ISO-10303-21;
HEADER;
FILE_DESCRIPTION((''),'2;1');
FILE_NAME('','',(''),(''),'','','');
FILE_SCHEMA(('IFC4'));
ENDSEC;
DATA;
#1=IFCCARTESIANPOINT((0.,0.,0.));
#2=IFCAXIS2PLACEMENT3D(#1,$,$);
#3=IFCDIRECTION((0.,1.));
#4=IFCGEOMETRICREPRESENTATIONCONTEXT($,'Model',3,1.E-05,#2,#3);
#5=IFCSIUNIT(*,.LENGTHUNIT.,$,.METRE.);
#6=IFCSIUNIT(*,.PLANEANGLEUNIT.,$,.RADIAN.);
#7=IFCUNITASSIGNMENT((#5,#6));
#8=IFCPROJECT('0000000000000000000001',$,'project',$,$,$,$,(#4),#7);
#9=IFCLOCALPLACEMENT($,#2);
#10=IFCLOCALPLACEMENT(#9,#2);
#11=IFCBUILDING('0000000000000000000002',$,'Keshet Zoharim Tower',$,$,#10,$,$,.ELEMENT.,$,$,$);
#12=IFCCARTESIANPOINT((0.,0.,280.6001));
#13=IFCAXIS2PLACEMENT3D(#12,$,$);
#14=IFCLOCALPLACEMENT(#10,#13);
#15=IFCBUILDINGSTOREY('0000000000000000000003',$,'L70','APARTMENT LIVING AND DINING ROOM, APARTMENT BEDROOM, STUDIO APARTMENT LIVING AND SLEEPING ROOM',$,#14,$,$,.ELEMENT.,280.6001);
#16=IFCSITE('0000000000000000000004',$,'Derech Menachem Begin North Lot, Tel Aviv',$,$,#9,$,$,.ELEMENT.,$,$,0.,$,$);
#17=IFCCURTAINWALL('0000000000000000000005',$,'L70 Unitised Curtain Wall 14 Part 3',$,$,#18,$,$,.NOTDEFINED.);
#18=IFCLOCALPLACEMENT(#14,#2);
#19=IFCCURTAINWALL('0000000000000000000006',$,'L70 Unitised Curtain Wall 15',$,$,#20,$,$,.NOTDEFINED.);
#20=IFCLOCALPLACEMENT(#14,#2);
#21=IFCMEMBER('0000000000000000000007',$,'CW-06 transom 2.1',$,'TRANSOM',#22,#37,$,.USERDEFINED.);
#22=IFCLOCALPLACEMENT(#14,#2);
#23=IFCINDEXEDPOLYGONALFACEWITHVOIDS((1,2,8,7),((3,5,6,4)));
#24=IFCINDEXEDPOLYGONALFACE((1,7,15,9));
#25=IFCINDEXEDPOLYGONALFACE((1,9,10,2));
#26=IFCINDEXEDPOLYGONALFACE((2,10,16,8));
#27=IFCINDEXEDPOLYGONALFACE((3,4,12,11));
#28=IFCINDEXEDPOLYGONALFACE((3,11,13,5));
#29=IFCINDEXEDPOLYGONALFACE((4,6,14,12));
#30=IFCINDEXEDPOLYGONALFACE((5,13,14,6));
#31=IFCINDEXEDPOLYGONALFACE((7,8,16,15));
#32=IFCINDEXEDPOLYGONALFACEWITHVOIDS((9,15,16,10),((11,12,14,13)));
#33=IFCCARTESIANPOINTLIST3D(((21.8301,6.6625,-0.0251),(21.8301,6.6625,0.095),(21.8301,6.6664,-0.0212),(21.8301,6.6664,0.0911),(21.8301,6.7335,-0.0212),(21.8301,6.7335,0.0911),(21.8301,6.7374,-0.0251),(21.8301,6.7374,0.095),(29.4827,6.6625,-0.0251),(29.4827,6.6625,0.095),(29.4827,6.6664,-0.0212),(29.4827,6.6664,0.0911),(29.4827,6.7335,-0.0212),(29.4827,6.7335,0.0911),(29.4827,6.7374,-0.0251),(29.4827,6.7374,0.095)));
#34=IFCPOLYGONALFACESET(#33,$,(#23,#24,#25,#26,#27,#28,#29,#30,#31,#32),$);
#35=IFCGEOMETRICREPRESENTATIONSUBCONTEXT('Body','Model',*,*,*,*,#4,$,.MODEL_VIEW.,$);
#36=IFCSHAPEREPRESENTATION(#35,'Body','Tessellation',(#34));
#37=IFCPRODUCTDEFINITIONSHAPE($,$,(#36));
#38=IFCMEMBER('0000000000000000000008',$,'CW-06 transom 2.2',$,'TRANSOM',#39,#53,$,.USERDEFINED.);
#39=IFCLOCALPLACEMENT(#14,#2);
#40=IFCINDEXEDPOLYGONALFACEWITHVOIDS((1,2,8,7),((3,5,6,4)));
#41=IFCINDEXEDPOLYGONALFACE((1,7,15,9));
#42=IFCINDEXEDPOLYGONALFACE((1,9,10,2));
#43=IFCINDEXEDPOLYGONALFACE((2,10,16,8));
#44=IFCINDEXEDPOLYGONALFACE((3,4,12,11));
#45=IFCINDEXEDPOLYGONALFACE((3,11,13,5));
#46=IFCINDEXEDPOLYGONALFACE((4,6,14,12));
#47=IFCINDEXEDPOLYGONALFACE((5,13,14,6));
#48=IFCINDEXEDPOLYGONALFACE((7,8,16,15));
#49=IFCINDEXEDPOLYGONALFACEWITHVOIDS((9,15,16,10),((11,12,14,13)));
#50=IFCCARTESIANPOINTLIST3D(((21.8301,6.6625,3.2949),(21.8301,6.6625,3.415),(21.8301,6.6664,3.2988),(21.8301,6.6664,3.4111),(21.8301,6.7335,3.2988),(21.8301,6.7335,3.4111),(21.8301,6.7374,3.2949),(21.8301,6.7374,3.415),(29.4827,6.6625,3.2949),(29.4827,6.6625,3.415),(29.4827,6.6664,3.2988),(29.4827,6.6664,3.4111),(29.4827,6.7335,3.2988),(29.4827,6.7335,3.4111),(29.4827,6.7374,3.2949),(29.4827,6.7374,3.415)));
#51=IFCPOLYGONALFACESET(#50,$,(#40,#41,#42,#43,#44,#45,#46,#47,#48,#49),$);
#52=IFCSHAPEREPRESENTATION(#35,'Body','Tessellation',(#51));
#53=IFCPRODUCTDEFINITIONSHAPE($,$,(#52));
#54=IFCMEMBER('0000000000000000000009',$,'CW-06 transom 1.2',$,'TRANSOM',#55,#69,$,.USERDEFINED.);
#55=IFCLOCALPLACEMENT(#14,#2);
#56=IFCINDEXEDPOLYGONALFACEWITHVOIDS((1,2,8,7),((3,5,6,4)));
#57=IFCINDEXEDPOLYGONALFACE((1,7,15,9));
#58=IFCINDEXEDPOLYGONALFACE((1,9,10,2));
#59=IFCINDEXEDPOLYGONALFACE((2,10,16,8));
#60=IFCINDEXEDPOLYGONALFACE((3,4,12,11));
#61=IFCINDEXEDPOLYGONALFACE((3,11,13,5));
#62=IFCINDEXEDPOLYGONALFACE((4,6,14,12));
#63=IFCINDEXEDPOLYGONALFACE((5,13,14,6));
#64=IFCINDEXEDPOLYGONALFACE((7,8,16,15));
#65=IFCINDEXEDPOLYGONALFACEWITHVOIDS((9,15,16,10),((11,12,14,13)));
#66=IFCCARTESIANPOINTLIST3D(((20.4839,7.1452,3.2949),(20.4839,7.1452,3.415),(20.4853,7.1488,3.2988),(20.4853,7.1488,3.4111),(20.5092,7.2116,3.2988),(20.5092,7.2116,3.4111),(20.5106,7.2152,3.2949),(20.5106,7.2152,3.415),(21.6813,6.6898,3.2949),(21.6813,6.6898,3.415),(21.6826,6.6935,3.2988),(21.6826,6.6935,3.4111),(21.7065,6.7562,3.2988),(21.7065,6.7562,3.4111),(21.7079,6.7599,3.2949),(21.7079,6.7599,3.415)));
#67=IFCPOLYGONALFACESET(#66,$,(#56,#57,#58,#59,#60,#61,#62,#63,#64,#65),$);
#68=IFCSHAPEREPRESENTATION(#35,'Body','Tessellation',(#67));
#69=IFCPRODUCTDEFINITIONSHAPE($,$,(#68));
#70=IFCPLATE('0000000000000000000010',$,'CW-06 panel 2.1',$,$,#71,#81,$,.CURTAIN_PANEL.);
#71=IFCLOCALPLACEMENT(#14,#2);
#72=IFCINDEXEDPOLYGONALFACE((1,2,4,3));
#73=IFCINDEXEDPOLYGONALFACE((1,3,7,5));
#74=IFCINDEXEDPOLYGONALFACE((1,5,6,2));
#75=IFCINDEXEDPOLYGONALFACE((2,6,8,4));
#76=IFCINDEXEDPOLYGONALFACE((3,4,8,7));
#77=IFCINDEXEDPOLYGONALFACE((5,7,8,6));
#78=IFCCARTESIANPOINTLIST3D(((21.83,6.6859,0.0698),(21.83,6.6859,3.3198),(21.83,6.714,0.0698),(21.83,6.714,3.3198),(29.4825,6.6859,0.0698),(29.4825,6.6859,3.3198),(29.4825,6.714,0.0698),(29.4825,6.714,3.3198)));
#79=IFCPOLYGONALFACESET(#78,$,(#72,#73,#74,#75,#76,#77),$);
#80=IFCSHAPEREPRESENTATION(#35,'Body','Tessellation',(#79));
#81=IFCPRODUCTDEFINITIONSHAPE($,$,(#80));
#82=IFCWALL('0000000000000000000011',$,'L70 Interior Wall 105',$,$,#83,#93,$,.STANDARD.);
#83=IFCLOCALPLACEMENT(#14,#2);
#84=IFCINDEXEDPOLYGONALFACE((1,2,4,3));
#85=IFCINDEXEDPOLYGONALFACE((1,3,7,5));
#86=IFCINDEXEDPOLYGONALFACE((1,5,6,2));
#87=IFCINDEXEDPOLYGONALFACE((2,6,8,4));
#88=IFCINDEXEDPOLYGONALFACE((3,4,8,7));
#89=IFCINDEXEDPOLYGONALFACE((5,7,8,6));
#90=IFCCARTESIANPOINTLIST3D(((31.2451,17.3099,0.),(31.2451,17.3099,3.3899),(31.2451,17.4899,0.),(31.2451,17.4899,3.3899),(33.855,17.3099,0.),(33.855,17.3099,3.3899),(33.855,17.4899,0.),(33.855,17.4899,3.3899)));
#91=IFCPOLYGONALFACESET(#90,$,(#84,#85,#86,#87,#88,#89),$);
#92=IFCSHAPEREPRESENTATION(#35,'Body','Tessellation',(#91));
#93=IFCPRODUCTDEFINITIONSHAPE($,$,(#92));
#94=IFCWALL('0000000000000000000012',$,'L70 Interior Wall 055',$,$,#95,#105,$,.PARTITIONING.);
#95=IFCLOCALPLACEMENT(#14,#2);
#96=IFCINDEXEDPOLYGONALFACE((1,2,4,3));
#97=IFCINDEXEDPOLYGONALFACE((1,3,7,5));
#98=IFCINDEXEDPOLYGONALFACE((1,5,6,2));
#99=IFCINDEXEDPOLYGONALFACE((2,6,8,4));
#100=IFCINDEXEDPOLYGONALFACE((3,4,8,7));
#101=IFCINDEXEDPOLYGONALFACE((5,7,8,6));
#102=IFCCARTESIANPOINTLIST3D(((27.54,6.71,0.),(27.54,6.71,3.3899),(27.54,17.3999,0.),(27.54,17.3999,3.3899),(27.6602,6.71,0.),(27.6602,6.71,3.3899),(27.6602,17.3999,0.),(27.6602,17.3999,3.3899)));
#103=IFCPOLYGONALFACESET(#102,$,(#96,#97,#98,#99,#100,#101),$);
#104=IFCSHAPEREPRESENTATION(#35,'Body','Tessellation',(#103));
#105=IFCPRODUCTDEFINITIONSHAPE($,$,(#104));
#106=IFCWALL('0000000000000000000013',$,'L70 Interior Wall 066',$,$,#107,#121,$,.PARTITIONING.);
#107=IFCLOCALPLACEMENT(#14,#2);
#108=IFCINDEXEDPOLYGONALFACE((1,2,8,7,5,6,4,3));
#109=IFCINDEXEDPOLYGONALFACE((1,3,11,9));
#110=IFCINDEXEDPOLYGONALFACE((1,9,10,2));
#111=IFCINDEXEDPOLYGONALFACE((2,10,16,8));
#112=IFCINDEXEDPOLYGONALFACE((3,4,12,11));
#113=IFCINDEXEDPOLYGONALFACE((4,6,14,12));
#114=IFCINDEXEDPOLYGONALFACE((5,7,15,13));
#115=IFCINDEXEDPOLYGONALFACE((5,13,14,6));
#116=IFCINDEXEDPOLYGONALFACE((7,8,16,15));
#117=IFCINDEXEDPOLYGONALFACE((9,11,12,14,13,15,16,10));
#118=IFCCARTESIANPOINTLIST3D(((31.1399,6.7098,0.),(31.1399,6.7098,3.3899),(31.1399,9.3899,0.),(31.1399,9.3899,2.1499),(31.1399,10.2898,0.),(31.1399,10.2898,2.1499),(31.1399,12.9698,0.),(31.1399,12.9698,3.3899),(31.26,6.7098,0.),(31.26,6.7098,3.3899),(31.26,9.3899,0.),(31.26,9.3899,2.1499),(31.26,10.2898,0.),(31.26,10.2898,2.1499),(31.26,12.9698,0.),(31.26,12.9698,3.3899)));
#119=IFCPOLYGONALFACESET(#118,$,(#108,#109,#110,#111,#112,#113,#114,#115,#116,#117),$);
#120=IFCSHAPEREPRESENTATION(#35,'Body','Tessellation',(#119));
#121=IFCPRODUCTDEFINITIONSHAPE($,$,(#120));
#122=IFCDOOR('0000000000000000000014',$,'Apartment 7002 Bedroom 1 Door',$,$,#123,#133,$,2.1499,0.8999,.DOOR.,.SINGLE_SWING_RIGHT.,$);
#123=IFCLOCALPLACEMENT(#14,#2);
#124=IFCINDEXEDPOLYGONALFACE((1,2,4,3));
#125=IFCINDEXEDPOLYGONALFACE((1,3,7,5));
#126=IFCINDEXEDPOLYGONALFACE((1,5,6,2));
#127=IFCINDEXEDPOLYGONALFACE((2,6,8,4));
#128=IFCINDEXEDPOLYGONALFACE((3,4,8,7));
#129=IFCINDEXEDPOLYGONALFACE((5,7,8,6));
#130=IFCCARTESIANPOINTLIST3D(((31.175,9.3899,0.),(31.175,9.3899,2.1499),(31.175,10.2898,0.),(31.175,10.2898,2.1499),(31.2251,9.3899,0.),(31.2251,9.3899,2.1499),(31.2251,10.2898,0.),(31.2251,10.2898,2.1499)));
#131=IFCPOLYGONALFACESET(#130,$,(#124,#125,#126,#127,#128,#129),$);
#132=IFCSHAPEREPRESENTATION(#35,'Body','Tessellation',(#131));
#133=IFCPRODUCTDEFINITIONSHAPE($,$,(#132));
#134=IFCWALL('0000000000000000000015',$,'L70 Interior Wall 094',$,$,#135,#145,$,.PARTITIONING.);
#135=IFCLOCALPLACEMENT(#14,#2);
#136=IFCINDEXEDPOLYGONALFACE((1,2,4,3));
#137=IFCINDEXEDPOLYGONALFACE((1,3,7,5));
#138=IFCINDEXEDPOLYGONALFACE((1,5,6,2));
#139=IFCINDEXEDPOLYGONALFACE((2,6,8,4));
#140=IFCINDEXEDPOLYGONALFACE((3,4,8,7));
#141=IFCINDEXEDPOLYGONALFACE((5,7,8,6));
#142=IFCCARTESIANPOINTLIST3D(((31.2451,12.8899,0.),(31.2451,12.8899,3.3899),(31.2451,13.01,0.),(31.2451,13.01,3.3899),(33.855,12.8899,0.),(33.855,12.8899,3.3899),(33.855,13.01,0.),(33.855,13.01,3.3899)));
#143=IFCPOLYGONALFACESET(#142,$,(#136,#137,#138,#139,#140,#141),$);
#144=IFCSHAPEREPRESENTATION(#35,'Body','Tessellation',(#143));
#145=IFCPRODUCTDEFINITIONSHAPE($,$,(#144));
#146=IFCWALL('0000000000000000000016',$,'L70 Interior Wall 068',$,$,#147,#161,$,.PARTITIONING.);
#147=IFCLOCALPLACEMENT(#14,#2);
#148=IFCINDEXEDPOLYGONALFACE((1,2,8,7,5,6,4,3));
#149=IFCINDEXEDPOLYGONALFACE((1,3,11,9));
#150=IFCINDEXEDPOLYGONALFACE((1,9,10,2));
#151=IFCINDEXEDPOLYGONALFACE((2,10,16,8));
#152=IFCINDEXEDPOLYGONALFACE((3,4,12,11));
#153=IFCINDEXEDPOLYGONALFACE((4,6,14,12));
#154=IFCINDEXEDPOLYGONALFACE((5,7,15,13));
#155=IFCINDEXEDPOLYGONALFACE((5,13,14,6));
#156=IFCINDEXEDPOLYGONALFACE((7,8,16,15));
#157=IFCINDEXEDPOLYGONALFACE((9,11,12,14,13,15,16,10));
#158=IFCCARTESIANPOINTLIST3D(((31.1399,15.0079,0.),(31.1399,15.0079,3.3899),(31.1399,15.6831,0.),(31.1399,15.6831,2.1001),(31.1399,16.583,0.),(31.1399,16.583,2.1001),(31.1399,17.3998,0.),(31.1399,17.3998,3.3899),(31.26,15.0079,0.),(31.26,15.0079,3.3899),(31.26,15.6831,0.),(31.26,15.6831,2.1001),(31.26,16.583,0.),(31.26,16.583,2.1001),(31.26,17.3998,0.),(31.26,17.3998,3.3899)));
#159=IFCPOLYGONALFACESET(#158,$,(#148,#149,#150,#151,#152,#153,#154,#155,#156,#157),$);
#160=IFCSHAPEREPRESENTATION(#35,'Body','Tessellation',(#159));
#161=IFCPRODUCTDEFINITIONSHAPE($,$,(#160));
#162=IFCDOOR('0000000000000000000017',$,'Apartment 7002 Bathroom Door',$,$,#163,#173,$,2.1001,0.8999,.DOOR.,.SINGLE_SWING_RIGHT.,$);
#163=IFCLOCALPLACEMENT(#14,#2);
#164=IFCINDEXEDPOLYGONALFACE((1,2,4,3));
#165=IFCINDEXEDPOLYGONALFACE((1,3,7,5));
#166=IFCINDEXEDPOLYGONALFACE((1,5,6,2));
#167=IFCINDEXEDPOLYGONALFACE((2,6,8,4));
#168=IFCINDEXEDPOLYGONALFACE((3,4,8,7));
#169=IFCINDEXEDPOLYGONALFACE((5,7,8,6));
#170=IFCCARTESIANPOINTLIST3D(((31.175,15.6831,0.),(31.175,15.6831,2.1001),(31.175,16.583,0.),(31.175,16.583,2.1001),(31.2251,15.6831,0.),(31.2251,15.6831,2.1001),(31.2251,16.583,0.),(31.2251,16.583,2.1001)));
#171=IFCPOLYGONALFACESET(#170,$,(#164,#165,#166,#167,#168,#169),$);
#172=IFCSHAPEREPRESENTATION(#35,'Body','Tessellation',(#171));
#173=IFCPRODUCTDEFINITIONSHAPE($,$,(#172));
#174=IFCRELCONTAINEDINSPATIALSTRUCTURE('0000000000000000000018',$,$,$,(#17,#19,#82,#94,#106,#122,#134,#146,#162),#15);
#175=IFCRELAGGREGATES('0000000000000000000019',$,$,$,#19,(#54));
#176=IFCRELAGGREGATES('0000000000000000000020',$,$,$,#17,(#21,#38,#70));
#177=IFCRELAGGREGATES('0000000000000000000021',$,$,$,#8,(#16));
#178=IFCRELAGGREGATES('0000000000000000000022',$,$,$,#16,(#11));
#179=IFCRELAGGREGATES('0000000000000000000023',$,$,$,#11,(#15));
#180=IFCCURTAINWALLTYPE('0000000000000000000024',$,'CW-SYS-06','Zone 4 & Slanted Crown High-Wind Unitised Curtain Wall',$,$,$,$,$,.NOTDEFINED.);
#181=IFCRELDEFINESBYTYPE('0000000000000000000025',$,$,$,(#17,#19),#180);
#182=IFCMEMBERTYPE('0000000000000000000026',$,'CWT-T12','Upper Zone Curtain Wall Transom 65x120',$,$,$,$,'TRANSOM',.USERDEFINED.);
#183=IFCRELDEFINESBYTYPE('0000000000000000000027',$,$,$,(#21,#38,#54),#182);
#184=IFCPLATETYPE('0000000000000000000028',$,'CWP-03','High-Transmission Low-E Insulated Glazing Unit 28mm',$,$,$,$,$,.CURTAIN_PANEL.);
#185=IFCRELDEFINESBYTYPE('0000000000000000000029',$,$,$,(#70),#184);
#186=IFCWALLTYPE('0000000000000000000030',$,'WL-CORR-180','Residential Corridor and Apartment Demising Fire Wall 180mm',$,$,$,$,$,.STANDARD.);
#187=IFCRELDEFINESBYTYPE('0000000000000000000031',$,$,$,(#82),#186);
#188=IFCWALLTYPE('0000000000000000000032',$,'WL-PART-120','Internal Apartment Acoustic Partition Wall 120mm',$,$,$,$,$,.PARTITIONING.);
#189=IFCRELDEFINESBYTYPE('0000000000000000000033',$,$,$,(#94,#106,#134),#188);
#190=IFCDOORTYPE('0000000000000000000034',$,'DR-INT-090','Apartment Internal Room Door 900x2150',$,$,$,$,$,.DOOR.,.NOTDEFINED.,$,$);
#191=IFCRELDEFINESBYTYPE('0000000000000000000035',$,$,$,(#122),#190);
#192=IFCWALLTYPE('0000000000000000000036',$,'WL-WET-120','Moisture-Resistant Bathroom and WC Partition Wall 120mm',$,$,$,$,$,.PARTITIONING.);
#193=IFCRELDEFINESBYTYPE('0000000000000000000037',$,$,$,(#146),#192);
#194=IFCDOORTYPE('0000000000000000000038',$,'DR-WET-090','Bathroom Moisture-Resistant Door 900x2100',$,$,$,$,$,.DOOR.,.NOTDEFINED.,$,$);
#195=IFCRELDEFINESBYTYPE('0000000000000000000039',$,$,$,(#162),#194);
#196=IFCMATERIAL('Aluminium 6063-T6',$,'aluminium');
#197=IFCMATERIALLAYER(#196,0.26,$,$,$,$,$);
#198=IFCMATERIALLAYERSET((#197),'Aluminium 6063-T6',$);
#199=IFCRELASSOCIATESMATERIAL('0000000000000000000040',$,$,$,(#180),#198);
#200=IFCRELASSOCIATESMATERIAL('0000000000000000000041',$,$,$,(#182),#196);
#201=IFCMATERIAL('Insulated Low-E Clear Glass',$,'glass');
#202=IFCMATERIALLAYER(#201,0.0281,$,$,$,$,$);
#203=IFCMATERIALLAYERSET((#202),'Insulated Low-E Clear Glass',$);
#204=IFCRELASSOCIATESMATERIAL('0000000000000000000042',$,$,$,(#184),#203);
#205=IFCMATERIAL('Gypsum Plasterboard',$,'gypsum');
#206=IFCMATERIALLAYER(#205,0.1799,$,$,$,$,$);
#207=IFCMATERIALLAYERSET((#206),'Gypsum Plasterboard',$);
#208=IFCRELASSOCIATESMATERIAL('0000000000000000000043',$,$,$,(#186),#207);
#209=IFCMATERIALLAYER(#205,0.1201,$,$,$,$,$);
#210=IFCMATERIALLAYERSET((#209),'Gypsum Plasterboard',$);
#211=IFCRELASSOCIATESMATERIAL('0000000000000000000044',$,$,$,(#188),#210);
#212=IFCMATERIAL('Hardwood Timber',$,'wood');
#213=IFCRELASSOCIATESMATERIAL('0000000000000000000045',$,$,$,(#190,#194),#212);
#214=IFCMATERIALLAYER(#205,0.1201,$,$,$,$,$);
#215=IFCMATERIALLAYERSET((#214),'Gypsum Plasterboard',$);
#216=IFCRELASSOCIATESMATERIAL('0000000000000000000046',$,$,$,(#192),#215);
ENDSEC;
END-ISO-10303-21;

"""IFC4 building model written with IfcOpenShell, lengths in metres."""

from ifc_helpers import new_model, si_unit, direction, frame, frame_2d, origin, origin_2d, place, context, subcontext, project, spatial, rectangle, hollow_rectangle, extrude, material, layer, layer_set, material_profile, profile_set, type_object, element, fill, aggregate, save


model = new_model("IFC4")

# Units and contexts
model_context = context("Model", 3, precision=1e-05, world=origin(), true_north=direction((0.0, 1.0)))
body_context = subcontext(model_context, "Body", "Model", "MODEL_VIEW")
ifc_project = project(units=[si_unit("LENGTHUNIT", "METRE"), si_unit("PLANEANGLEUNIT", "RADIAN")], contexts=[model_context])

# Site, building, storey
site_placement = place(None, origin())
site = spatial("IfcSite", under=ifc_project, at=site_placement, Name="Derech Menachem Begin North Lot, Tel Aviv", CompositionType="ELEMENT", RefElevation=0.0)
building_placement = place(site_placement, origin())
building = spatial("IfcBuilding", under=site, at=building_placement, Name="Keshet Zoharim Tower", CompositionType="ELEMENT")
storey_placement = place(building_placement, frame((0.0, 0.0, 280.6001)))
storey = spatial("IfcBuildingStorey", under=building, at=storey_placement, Name="L70", Description="APARTMENT LIVING AND DINING ROOM, APARTMENT BEDROOM, STUDIO APARTMENT LIVING AND SLEEPING ROOM", CompositionType="ELEMENT", Elevation=280.6001)

# Curtain wall
ifc_material_1 = material(Name="Aluminium 6063-T6", Category="aluminium")
ifc_layer_1 = layer(ifc_material_1, 0.26)
ifc_layer_set_1 = layer_set([ifc_layer_1], Name="Aluminium 6063-T6")
curtain_wall_type = type_object("IfcCurtainWallType", Name="CW-SYS-06", Description="Zone 4 & Slanted Crown High-Wind Unitised Curtain Wall", PredefinedType="NOTDEFINED", material=ifc_layer_set_1)
curtain_wall_1_placement = place(storey_placement, origin())
curtain_wall_1 = element("IfcCurtainWall", 1, at=curtain_wall_1_placement, inside=storey, type_object=curtain_wall_type, Name="L70 Unitised Curtain Wall 14 Part 3", PredefinedType="NOTDEFINED")

# Curtain wall
curtain_wall_2_placement = place(storey_placement, origin())
curtain_wall_2 = element("IfcCurtainWall", 2, at=curtain_wall_2_placement, inside=storey, type_object=curtain_wall_type, Name="L70 Unitised Curtain Wall 15", PredefinedType="NOTDEFINED")

# Members
ifc_material_profile_1 = material_profile(ifc_material_1, hollow_rectangle(XDim=0.075, YDim=0.1201, WallThickness=0.0039, at=origin_2d()), Name="TRN-75x120")
ifc_profile_set_1 = profile_set([ifc_material_profile_1], Name="Aluminium 6063-T6")
member_type_1 = type_object("IfcMemberType", Name="CWT-T12", Description="Upper Zone Curtain Wall Transom 65x120", ElementType="TRANSOM", PredefinedType="USERDEFINED", material=ifc_profile_set_1)
member_1_placement = place(storey_placement, frame((29.4827, 6.7, 0.0349), z_axis=(-1.0, 0.0, 0.0), x_axis=(0.0, -1.0, 0.0)))
member_1 = element("IfcMember", 3, at=member_1_placement, type_object=member_type_1, Name="CW-06 transom 2.1", ObjectType="TRANSOM", PredefinedType="USERDEFINED", context=body_context, shape_type="SweptSolid", body=[
    extrude(hollow_rectangle(XDim=0.075, YDim=0.1201, WallThickness=0.0039, at=origin_2d()), origin(), (0.0, 0.0, 1.0), 7.6526),
])
member_2_placement = place(storey_placement, frame((29.4827, 6.7, 3.355), z_axis=(-1.0, 0.0, 0.0), x_axis=(0.0, -1.0, 0.0)))
member_2 = element("IfcMember", 4, at=member_2_placement, type_object=member_type_1, Name="CW-06 transom 2.2", ObjectType="TRANSOM", PredefinedType="USERDEFINED", context=body_context, shape_type="SweptSolid", body=[
    extrude(hollow_rectangle(XDim=0.075, YDim=0.1201, WallThickness=0.0039, at=origin_2d()), origin(), (0.0, 0.0, 1.0), 7.6526),
])
member_3_placement = place(storey_placement, frame((21.6946, 6.7249, 3.355), z_axis=(-0.93469, 0.355464, 0.0), x_axis=(-0.355464, -0.93469, 0.0)))
member_3 = element("IfcMember", 5, at=member_3_placement, type_object=member_type_1, Name="CW-06 transom 1.2", ObjectType="TRANSOM", PredefinedType="USERDEFINED", context=body_context, shape_type="SweptSolid", body=[
    extrude(hollow_rectangle(XDim=0.075, YDim=0.1201, WallThickness=0.0039, at=origin_2d()), origin(), (0.0, 0.0, 1.0), 1.281),
])
aggregate(curtain_wall_2, [member_3])

# Plate
ifc_material_2 = material(Name="Insulated Low-E Clear Glass", Category="glass")
ifc_layer_2 = layer(ifc_material_2, 0.0281)
ifc_layer_set_2 = layer_set([ifc_layer_2], Name="Insulated Low-E Clear Glass")
plate_type = type_object("IfcPlateType", Name="CWP-03", Description="High-Transmission Low-E Insulated Glazing Unit 28mm", PredefinedType="CURTAIN_PANEL", material=ifc_layer_set_2)
plate_placement = place(storey_placement, frame((25.6562, 6.7, 0.0698), z_axis=(0.0, 0.0, 1.0), x_axis=(-1.0, 0.0, 0.0)))
plate = element("IfcPlate", 6, at=plate_placement, type_object=plate_type, Name="CW-06 panel 2.1", PredefinedType="CURTAIN_PANEL", context=body_context, shape_type="SweptSolid", body=[
    extrude(rectangle(XDim=7.6526, YDim=0.0281, at=origin_2d()), origin(), (0.0, 0.0, 1.0), 3.25),
])
aggregate(curtain_wall_1, [member_1, member_2, plate])

# Shared definitions
ifc_material_3 = material(Name="Gypsum Plasterboard", Category="gypsum")
ifc_layer_3 = layer(ifc_material_3, 0.1799)
ifc_layer_set_3 = layer_set([ifc_layer_3], Name="Gypsum Plasterboard")
wall_type_1 = type_object("IfcWallType", Name="WL-CORR-180", Description="Residential Corridor and Apartment Demising Fire Wall 180mm", PredefinedType="STANDARD", material=ifc_layer_set_3)
ifc_material_4 = material(Name="Hardwood Timber", Category="wood")

# Walls
wall_1_placement = place(storey_placement, frame((31.2451, 17.3999, 0.0), z_axis=(0.0, 0.0, 1.0), x_axis=(1.0, 0.0, 0.0)))
element("IfcWall", 7, at=wall_1_placement, inside=storey, type_object=wall_type_1, Name="L70 Interior Wall 105", PredefinedType="STANDARD", context=body_context, shape_type="SweptSolid", body=[
    extrude(rectangle(XDim=2.6099, YDim=0.1799, at=frame_2d((1.3049, 0.0))), origin(), (0.0, 0.0, 1.0), 3.3899),
])
ifc_layer_4 = layer(ifc_material_3, 0.1201)
ifc_layer_set_4 = layer_set([ifc_layer_4], Name="Gypsum Plasterboard")
wall_type_2 = type_object("IfcWallType", Name="WL-PART-120", Description="Internal Apartment Acoustic Partition Wall 120mm", PredefinedType="PARTITIONING", material=ifc_layer_set_4)
wall_2_placement = place(storey_placement, frame((27.6001, 6.71, 0.0), z_axis=(0.0, 0.0, 1.0), x_axis=(0.0, 1.0, 0.0)))
element("IfcWall", 8, at=wall_2_placement, inside=storey, type_object=wall_type_2, Name="L70 Interior Wall 055", PredefinedType="PARTITIONING", context=body_context, shape_type="SweptSolid", body=[
    extrude(rectangle(XDim=10.6899, YDim=0.1201, at=frame_2d((5.345, 0.0))), origin(), (0.0, 0.0, 1.0), 3.3899),
])

# Wall, opening, door
wall_3_placement = place(storey_placement, frame((31.2, 6.71, 0.0), z_axis=(0.0, 0.0, 1.0), x_axis=(0.0, 1.0, 0.0)))
wall_3 = element("IfcWall", 9, at=wall_3_placement, inside=storey, type_object=wall_type_2, Name="L70 Interior Wall 066", PredefinedType="PARTITIONING", context=body_context, shape_type="SweptSolid", body=[
    extrude(rectangle(XDim=6.26, YDim=0.1201, at=frame_2d((3.1299, 0.0))), origin(), (0.0, 0.0, 1.0), 3.3899),
])
opening_1_placement = place(wall_3_placement, frame((2.6799, 0.0, 0.0)))
opening_1 = element("IfcOpeningElement", 10, at=opening_1_placement, cuts=wall_3, PredefinedType="OPENING", context=body_context, shape_type="SweptSolid", body=[
    extrude(rectangle(XDim=0.8999, YDim=2.1499, at=frame_2d((0.45, 1.075))), frame((0.0, 0.0701, 0.0), z_axis=(0.0, -1.0, 0.0), x_axis=(1.0, 0.0, 0.0)), (0.0, 0.0, 1.0), 0.1401),
])
door_type_1 = type_object("IfcDoorType", Name="DR-INT-090", Description="Apartment Internal Room Door 900x2150", OperationType="NOTDEFINED", PredefinedType="DOOR", material=ifc_material_4)
door_1_placement = place(opening_1_placement, origin())
door_1 = element("IfcDoor", 11, at=door_1_placement, inside=storey, type_object=door_type_1, Name="Apartment 7002 Bedroom 1 Door", OperationType="SINGLE_SWING_RIGHT", OverallHeight=2.1499, OverallWidth=0.8999, PredefinedType="DOOR", context=body_context, shape_type="SweptSolid", body=[
    extrude(rectangle(XDim=0.8999, YDim=2.1499, at=frame_2d((0.45, 1.075))), frame((0.0, 0.0249, 0.0), z_axis=(0.0, -1.0, 0.0), x_axis=(1.0, 0.0, 0.0)), (0.0, 0.0, 1.0), 0.05),
])
fill(opening_1, door_1)

# Wall
wall_4_placement = place(storey_placement, frame((31.2451, 12.95, 0.0), z_axis=(0.0, 0.0, 1.0), x_axis=(1.0, 0.0, 0.0)))
element("IfcWall", 12, at=wall_4_placement, inside=storey, type_object=wall_type_2, Name="L70 Interior Wall 094", PredefinedType="PARTITIONING", context=body_context, shape_type="SweptSolid", body=[
    extrude(rectangle(XDim=2.6099, YDim=0.1201, at=frame_2d((1.3049, 0.0))), origin(), (0.0, 0.0, 1.0), 3.3899),
])

# Wall, opening, door
ifc_layer_5 = layer(ifc_material_3, 0.1201)
ifc_layer_set_5 = layer_set([ifc_layer_5], Name="Gypsum Plasterboard")
wall_type_3 = type_object("IfcWallType", Name="WL-WET-120", Description="Moisture-Resistant Bathroom and WC Partition Wall 120mm", PredefinedType="PARTITIONING", material=ifc_layer_set_5)
wall_5_placement = place(storey_placement, frame((31.2, 15.0081, 0.0), z_axis=(0.0, 0.0, 1.0), x_axis=(0.0, 1.0, 0.0)))
wall_5 = element("IfcWall", 13, at=wall_5_placement, inside=storey, type_object=wall_type_3, Name="L70 Interior Wall 068", PredefinedType="PARTITIONING", context=body_context, shape_type="SweptSolid", body=[
    extrude(rectangle(XDim=2.3918, YDim=0.1201, at=frame_2d((1.1958, 0.0))), origin(), (0.0, 0.0, 1.0), 3.3899),
])
opening_2_placement = place(wall_5_placement, frame((0.675, 0.0, 0.0)))
opening_2 = element("IfcOpeningElement", 14, at=opening_2_placement, cuts=wall_5, PredefinedType="OPENING", context=body_context, shape_type="SweptSolid", body=[
    extrude(rectangle(XDim=0.8999, YDim=2.1001, at=frame_2d((0.45, 1.05))), frame((0.0, 0.0701, 0.0), z_axis=(0.0, -1.0, 0.0), x_axis=(1.0, 0.0, 0.0)), (0.0, 0.0, 1.0), 0.1401),
])
door_type_2 = type_object("IfcDoorType", Name="DR-WET-090", Description="Bathroom Moisture-Resistant Door 900x2100", OperationType="NOTDEFINED", PredefinedType="DOOR", material=ifc_material_4)
door_2_placement = place(opening_2_placement, origin())
door_2 = element("IfcDoor", 15, at=door_2_placement, inside=storey, type_object=door_type_2, Name="Apartment 7002 Bathroom Door", OperationType="SINGLE_SWING_RIGHT", OverallHeight=2.1001, OverallWidth=0.8999, PredefinedType="DOOR", context=body_context, shape_type="SweptSolid", body=[
    extrude(rectangle(XDim=0.8999, YDim=2.1001, at=frame_2d((0.45, 1.05))), frame((0.0, 0.0249, 0.0), z_axis=(0.0, -1.0, 0.0), x_axis=(1.0, 0.0, 0.0)), (0.0, 0.0, 1.0), 0.05),
])
fill(opening_2, door_2)

save(model, "model.ifc")
